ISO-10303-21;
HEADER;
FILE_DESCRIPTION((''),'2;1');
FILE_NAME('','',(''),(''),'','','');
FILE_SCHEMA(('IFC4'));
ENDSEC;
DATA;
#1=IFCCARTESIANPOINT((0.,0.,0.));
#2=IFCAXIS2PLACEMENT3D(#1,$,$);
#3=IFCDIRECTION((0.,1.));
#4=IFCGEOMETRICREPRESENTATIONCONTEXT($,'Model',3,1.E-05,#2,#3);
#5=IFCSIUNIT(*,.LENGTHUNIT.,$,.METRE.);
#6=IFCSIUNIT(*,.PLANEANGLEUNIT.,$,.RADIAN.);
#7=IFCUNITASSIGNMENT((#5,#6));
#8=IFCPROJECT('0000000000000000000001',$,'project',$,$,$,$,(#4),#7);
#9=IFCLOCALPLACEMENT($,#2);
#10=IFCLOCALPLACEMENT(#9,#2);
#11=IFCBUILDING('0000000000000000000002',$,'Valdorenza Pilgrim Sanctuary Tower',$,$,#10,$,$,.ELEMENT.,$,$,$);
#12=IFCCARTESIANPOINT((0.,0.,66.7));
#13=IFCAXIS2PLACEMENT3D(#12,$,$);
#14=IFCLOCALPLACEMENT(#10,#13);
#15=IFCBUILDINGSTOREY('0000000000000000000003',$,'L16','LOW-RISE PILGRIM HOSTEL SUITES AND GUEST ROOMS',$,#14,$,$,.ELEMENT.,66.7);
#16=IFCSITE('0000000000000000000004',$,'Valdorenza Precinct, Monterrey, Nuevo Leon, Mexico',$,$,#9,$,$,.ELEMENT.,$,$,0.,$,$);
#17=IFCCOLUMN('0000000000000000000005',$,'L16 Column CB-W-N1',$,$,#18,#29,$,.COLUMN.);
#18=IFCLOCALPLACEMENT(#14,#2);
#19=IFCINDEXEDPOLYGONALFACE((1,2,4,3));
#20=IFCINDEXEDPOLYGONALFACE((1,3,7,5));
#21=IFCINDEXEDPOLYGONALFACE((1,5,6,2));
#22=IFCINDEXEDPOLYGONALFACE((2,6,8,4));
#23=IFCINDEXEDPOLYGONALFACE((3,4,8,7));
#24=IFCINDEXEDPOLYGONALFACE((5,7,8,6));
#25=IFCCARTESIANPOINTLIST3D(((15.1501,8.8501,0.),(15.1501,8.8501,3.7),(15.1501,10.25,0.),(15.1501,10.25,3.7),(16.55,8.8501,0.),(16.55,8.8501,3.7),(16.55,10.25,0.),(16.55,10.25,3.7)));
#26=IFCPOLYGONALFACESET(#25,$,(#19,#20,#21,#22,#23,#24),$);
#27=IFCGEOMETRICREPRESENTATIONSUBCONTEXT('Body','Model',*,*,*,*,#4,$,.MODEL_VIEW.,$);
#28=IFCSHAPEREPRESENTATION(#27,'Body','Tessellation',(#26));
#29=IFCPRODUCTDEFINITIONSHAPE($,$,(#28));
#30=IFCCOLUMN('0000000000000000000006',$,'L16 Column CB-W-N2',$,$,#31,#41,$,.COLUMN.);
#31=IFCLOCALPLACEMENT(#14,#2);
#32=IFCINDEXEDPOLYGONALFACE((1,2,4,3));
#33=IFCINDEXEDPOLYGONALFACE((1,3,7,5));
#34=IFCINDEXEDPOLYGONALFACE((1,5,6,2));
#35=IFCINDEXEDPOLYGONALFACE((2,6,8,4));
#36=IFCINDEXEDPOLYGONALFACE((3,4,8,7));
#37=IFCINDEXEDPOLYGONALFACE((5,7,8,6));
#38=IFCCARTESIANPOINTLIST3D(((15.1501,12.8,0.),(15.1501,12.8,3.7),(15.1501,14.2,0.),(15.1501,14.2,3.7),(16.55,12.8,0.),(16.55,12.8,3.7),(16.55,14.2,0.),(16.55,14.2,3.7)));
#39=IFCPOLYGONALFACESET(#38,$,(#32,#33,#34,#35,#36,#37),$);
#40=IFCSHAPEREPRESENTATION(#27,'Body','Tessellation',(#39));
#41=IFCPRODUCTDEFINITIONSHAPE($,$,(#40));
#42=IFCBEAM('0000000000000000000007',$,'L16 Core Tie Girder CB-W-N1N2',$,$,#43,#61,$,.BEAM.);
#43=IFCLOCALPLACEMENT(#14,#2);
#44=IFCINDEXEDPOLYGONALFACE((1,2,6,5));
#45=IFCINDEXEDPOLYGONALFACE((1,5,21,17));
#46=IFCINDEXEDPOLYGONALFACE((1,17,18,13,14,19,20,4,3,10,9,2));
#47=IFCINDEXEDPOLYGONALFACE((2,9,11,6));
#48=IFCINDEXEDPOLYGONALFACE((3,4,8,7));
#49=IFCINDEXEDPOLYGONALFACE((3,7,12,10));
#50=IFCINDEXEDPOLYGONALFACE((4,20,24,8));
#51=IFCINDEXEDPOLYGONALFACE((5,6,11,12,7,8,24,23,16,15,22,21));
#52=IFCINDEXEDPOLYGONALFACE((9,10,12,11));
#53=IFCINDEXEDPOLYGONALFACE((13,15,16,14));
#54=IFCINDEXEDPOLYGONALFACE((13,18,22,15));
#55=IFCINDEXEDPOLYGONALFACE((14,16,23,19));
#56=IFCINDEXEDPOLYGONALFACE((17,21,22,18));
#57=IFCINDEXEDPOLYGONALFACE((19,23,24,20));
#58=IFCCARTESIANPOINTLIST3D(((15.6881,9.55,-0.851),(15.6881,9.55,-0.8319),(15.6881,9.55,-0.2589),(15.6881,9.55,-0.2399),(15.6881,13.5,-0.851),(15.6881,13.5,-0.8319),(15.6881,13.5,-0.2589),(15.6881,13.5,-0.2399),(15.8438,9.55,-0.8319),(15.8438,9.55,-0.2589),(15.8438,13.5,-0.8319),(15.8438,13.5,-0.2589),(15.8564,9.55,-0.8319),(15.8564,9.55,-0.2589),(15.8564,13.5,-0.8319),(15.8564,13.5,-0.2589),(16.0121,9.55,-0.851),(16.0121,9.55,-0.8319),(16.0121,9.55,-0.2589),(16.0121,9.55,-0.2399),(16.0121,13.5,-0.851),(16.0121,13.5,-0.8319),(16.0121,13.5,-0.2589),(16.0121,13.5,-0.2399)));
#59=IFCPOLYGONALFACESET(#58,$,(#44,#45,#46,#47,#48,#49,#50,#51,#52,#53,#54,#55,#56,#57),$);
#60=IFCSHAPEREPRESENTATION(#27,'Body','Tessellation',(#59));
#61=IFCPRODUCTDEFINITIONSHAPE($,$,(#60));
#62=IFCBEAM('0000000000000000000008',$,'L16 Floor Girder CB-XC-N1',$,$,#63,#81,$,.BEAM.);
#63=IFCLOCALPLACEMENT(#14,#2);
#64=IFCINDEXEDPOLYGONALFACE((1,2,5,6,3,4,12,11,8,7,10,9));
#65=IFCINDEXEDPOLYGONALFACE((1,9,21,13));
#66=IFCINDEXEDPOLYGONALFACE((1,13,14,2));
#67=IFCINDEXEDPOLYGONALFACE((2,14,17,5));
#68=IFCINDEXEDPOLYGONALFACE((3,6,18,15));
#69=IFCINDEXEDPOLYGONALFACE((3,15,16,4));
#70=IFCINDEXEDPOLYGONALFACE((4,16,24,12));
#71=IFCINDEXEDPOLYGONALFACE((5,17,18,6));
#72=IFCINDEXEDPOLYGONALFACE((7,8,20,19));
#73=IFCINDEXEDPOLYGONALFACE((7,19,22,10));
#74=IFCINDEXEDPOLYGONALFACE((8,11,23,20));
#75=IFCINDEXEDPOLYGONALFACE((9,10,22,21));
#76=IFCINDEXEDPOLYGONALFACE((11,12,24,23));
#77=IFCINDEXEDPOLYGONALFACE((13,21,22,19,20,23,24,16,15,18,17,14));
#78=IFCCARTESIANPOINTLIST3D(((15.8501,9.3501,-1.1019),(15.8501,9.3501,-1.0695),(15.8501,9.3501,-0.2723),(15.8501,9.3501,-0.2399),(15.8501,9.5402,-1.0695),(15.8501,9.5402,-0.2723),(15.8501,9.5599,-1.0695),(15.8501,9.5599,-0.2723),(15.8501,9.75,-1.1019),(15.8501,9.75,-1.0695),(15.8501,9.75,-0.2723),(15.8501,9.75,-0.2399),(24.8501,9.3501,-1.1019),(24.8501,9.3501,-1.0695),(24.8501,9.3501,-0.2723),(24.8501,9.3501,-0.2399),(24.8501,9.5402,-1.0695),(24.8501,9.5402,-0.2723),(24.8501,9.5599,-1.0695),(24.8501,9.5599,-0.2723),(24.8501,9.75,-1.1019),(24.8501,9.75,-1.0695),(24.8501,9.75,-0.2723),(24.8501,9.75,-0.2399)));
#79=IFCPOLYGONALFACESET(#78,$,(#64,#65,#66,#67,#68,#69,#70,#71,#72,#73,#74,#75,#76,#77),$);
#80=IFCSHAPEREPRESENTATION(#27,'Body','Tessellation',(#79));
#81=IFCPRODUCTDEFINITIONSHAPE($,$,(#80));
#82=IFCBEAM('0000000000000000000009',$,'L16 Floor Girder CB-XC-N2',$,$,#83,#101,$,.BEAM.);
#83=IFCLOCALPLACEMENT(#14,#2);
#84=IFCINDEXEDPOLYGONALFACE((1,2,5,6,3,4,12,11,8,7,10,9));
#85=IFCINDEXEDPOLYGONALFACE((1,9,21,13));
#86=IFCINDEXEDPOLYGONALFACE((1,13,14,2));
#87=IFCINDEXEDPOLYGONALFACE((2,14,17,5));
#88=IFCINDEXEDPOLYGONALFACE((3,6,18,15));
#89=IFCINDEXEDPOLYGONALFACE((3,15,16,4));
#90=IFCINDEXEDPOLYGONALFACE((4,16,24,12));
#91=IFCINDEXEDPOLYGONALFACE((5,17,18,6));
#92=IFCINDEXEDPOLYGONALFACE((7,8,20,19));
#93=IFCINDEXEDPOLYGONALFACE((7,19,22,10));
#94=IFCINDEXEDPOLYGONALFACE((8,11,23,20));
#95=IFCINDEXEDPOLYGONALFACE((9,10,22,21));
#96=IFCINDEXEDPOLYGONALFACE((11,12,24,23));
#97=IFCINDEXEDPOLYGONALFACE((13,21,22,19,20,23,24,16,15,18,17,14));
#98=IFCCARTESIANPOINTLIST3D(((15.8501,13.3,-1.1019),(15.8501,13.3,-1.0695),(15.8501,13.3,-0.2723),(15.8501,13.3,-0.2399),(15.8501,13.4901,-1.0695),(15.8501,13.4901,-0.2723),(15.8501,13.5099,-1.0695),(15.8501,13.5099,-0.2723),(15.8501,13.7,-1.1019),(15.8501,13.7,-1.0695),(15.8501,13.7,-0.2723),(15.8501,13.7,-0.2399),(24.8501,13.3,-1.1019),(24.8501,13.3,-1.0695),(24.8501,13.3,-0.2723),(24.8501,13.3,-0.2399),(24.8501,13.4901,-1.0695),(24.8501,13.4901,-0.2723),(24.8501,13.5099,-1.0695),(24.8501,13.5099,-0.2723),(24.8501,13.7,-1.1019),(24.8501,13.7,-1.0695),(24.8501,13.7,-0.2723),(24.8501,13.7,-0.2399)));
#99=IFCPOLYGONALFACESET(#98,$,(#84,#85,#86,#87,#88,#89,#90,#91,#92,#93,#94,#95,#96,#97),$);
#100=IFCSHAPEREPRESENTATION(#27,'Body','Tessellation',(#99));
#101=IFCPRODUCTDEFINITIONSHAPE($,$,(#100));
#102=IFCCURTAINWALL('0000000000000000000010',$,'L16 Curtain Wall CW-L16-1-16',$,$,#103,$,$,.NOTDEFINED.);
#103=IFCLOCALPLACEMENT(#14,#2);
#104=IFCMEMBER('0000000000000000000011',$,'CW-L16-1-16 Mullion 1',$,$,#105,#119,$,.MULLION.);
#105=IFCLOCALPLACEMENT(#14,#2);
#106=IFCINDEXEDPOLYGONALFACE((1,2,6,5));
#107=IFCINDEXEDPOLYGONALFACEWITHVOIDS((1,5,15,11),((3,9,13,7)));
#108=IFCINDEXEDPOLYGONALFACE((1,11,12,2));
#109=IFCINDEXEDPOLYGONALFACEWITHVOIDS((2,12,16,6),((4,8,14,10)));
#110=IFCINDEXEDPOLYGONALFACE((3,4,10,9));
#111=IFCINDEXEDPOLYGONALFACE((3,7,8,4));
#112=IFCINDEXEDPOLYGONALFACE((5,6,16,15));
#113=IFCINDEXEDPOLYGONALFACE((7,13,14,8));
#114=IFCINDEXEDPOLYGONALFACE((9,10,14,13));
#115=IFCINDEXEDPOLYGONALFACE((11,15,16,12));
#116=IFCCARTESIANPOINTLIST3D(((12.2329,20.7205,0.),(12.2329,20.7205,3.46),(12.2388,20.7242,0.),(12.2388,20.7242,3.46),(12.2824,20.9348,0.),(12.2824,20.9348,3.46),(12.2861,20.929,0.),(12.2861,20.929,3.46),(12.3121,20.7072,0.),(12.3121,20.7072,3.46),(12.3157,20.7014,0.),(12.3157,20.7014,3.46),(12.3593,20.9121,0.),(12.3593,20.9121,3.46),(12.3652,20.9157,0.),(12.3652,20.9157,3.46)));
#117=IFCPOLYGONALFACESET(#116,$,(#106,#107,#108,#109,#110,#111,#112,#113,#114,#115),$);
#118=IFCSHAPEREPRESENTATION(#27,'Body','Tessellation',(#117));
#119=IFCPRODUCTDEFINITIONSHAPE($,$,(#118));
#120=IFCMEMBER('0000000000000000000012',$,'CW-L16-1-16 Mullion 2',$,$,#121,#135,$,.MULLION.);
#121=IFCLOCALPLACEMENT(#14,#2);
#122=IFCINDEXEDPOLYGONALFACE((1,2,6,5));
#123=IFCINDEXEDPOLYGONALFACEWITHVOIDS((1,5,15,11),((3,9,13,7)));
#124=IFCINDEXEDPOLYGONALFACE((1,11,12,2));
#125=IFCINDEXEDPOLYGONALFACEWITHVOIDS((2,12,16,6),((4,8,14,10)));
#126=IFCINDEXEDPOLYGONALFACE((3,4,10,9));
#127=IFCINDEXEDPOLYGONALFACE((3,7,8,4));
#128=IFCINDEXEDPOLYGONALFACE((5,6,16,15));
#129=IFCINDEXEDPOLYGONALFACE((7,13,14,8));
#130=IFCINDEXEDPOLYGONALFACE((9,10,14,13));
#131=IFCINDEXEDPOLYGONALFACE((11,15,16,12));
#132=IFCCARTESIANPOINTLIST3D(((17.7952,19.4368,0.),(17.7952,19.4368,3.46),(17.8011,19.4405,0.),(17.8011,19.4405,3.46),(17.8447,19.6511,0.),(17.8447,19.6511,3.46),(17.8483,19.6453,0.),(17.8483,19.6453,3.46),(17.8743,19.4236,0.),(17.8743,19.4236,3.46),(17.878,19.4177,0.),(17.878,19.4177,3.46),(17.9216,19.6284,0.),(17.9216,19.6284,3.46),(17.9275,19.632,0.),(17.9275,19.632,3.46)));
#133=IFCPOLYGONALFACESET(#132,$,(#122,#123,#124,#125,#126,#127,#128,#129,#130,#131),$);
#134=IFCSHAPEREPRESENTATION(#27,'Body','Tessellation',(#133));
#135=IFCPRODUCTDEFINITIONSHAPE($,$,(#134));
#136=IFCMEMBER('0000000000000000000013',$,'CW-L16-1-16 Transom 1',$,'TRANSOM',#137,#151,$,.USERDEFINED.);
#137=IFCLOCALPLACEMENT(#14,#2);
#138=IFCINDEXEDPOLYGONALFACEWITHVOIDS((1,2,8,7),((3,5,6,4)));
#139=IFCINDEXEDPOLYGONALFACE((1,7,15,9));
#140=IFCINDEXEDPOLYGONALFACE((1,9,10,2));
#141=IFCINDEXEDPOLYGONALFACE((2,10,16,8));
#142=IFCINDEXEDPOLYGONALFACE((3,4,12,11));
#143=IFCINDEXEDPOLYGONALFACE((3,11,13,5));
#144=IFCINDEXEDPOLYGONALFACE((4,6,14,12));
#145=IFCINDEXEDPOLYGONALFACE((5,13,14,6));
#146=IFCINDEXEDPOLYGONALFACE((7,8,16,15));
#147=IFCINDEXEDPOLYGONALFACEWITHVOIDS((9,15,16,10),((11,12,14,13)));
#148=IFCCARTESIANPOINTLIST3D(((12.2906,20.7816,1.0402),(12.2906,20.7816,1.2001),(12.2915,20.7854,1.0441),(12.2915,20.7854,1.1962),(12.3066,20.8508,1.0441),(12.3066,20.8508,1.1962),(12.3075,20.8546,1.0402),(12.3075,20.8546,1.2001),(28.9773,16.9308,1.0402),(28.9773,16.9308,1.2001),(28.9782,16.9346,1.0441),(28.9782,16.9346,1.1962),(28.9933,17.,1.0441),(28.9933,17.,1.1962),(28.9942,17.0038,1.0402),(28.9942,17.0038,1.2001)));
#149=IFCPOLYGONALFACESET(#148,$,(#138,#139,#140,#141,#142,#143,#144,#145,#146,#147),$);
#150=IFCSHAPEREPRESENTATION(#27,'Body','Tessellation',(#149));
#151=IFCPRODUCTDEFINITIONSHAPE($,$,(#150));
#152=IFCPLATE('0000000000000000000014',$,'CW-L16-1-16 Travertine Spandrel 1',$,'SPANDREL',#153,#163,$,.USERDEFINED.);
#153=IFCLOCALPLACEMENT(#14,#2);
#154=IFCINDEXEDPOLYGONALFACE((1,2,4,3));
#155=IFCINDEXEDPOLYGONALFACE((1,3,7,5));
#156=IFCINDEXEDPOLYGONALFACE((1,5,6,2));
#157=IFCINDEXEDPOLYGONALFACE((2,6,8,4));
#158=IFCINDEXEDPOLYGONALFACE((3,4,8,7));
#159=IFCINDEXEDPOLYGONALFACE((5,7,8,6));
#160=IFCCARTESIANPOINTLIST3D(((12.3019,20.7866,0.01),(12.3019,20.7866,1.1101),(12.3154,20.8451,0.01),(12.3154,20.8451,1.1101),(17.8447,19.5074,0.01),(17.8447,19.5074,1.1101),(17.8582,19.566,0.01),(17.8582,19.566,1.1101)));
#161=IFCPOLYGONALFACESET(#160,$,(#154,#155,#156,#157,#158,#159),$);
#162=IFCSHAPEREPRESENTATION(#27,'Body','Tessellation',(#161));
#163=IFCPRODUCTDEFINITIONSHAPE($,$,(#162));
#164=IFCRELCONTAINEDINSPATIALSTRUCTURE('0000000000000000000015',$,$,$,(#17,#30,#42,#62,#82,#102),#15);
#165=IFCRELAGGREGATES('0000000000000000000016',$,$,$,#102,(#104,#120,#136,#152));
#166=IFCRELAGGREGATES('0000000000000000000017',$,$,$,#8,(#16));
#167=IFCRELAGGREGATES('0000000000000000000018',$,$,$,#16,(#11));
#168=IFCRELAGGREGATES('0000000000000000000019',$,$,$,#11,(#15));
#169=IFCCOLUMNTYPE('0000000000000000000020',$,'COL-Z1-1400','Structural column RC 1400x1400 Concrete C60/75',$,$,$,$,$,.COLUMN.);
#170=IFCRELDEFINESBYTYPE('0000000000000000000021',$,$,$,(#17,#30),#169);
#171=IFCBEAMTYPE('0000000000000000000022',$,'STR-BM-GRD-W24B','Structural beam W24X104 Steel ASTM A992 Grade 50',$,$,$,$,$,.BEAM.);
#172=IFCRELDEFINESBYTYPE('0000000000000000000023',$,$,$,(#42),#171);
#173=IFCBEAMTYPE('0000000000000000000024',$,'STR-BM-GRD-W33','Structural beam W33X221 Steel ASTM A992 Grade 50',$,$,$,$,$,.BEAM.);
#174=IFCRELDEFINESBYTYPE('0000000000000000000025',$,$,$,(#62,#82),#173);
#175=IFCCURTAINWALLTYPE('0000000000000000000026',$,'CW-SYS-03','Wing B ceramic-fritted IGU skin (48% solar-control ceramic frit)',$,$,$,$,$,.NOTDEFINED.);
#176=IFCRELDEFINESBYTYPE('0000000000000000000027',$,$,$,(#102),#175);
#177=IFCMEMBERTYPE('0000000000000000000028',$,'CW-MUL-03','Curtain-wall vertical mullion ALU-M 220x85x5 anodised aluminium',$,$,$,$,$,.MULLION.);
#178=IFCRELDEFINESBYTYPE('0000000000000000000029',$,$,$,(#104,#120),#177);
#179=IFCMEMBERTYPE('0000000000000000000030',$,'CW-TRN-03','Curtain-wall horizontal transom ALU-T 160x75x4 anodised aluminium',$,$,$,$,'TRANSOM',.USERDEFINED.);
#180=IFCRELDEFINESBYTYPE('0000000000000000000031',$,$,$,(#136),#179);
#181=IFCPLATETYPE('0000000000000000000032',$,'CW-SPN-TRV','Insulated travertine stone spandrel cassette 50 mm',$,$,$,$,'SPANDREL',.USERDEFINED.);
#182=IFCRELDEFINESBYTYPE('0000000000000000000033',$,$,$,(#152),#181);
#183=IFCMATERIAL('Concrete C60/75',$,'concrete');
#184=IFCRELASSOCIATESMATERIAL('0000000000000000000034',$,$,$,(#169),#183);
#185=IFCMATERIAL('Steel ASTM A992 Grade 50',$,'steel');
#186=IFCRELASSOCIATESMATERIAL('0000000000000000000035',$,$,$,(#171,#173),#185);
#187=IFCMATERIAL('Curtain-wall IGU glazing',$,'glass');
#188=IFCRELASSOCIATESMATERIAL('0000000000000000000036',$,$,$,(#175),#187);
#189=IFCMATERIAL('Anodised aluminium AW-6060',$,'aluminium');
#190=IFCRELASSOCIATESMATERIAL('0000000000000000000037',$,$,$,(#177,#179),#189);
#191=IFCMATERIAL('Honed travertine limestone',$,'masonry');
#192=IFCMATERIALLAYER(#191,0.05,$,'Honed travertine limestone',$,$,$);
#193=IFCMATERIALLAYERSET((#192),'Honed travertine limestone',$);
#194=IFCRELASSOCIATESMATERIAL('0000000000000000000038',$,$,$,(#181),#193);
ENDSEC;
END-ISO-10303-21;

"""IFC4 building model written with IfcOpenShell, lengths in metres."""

from ifc_helpers import new_model, si_unit, direction, frame, origin, origin_2d, place, context, subcontext, project, spatial, rectangle, hollow_rectangle, i_section, extrude, source, transform, mapped, material, layer, layer_set, material_profile, profile_set, type_object, element, aggregate, save


model = new_model("IFC4")

# Units and contexts
model_context = context("Model", 3, precision=1e-05, world=origin(), true_north=direction((0.0, 1.0)))
body_context = subcontext(model_context, "Body", "Model", "MODEL_VIEW")
ifc_project = project(units=[si_unit("LENGTHUNIT", "METRE"), si_unit("PLANEANGLEUNIT", "RADIAN")], contexts=[model_context])

# Site, building, storey
site_placement = place(None, origin())
site = spatial("IfcSite", under=ifc_project, at=site_placement, Name="Valdorenza Precinct, Monterrey, Nuevo Leon, Mexico", CompositionType="ELEMENT", RefElevation=0.0)
building_placement = place(site_placement, origin())
building = spatial("IfcBuilding", under=site, at=building_placement, Name="Valdorenza Pilgrim Sanctuary Tower", CompositionType="ELEMENT")
storey_placement = place(building_placement, frame((0.0, 0.0, 66.7)))
storey = spatial("IfcBuildingStorey", under=building, at=storey_placement, Name="L16", Description="LOW-RISE PILGRIM HOSTEL SUITES AND GUEST ROOMS", CompositionType="ELEMENT", Elevation=66.7)

# Columns
ifc_material_1 = material(Name="Concrete C60/75", Category="concrete")
ifc_material_profile_1 = material_profile(ifc_material_1, rectangle(XDim=1.3999, YDim=1.3999, at=origin_2d()), Name="RC 1400x1400")
ifc_profile_set_1 = profile_set([ifc_material_profile_1], Name="Concrete C60/75")
column_type = type_object("IfcColumnType", Name="COL-Z1-1400", Description="Structural column RC 1400x1400 Concrete C60/75", PredefinedType="COLUMN", material=ifc_profile_set_1)
shared_shape_1 = source(origin(), body_context, "Body", "SweptSolid", [
    extrude(rectangle(XDim=1.3999, YDim=1.3999, at=origin_2d()), origin(), (0.0, 0.0, 1.0), 3.7),
])
for number, where, z_axis, x_axis, name in (
    (1, (15.8501, 9.55, 0.0), (0.0, 0.0, 1.0), (1.0, 0.0, 0.0), "L16 Column CB-W-N1"),
    (2, (15.8501, 13.5, 0.0), (0.0, 0.0, 1.0), (1.0, 0.0, 0.0), "L16 Column CB-W-N2"),
):
    element("IfcColumn", number, at=place(storey_placement, frame(where, z_axis=z_axis, x_axis=x_axis)), inside=storey, type_object=column_type, Name=name, PredefinedType="COLUMN", context=body_context, shape_type="MappedRepresentation", body=[
        mapped(shared_shape_1, transform((0.0, 0.0, 0.0), x_axis=(1.0, 0.0, 0.0), y_axis=(0.0, 1.0, 0.0), z_axis=(0.0, 0.0, 1.0), scale=1.0)),
    ])

# Beams
ifc_material_2 = material(Name="Steel ASTM A992 Grade 50", Category="steel")
ifc_material_profile_2 = material_profile(ifc_material_2, i_section(OverallWidth=0.324, OverallDepth=0.6111, WebThickness=0.0127, FlangeThickness=0.019, at=origin_2d()), Name="W24X104")
ifc_profile_set_2 = profile_set([ifc_material_profile_2], Name="Steel ASTM A992 Grade 50")
beam_type_1 = type_object("IfcBeamType", Name="STR-BM-GRD-W24B", Description="Structural beam W24X104 Steel ASTM A992 Grade 50", PredefinedType="BEAM", material=ifc_profile_set_2)
shared_shape_2 = source(origin(), body_context, "Body", "SweptSolid", [
    extrude(i_section(OverallWidth=0.324, OverallDepth=0.6111, WebThickness=0.0127, FlangeThickness=0.019, at=origin_2d()), origin(), (0.0, 0.0, 1.0), 3.95),
])
beam_placement = place(storey_placement, frame((15.8501, 9.55, -0.5454), z_axis=(0.0, 1.0, 0.0), x_axis=(-1.0, 0.0, 0.0)))
element("IfcBeam", 3, at=beam_placement, inside=storey, type_object=beam_type_1, Name="L16 Core Tie Girder CB-W-N1N2", PredefinedType="BEAM", context=body_context, shape_type="MappedRepresentation", body=[
    mapped(shared_shape_2, transform((0.0, 0.0, 0.0), x_axis=(1.0, 0.0, 0.0), y_axis=(0.0, 1.0, 0.0), z_axis=(0.0, 0.0, 1.0), scale=1.0)),
])
ifc_material_profile_3 = material_profile(ifc_material_2, i_section(OverallWidth=0.3999, OverallDepth=0.8621, WebThickness=0.0198, FlangeThickness=0.0325, at=origin_2d()), Name="W33X221")
ifc_profile_set_3 = profile_set([ifc_material_profile_3], Name="Steel ASTM A992 Grade 50")
beam_type_2 = type_object("IfcBeamType", Name="STR-BM-GRD-W33", Description="Structural beam W33X221 Steel ASTM A992 Grade 50", PredefinedType="BEAM", material=ifc_profile_set_3)
shared_shape_3 = source(origin(), body_context, "Body", "SweptSolid", [
    extrude(i_section(OverallWidth=0.3999, OverallDepth=0.8621, WebThickness=0.0198, FlangeThickness=0.0325, at=origin_2d()), origin(), (0.0, 0.0, 1.0), 9.0),
])
for number, where, z_axis, x_axis, name in (
    (4, (15.8501, 9.55, -0.6709), (1.0, 0.0, 0.0), (0.0, 1.0, 0.0), "L16 Floor Girder CB-XC-N1"),
    (5, (15.8501, 13.5, -0.6709), (1.0, 0.0, 0.0), (0.0, 1.0, 0.0), "L16 Floor Girder CB-XC-N2"),
):
    element("IfcBeam", number, at=place(storey_placement, frame(where, z_axis=z_axis, x_axis=x_axis)), inside=storey, type_object=beam_type_2, Name=name, PredefinedType="BEAM", context=body_context, shape_type="MappedRepresentation", body=[
        mapped(shared_shape_3, transform((0.0, 0.0, 0.0), x_axis=(1.0, 0.0, 0.0), y_axis=(0.0, 1.0, 0.0), z_axis=(0.0, 0.0, 1.0), scale=1.0)),
    ])

# Curtain wall, members, plate
ifc_material_3 = material(Name="Curtain-wall IGU glazing", Category="glass")
curtain_wall_type = type_object("IfcCurtainWallType", Name="CW-SYS-03", Description="Wing B ceramic-fritted IGU skin (48% solar-control ceramic frit)", PredefinedType="NOTDEFINED", material=ifc_material_3)
curtain_wall_placement = place(storey_placement, origin())
curtain_wall = element("IfcCurtainWall", 6, at=curtain_wall_placement, inside=storey, type_object=curtain_wall_type, Name="L16 Curtain Wall CW-L16-1-16", PredefinedType="NOTDEFINED")
ifc_material_4 = material(Name="Anodised aluminium AW-6060", Category="aluminium")
ifc_material_profile_4 = material_profile(ifc_material_4, hollow_rectangle(XDim=0.085, YDim=0.22, WallThickness=0.0049, at=origin_2d()), Name="ALU-M 220x85x5")
ifc_profile_set_4 = profile_set([ifc_material_profile_4], Name="Anodised aluminium AW-6060")
member_type_1 = type_object("IfcMemberType", Name="CW-MUL-03", Description="Curtain-wall vertical mullion ALU-M 220x85x5 anodised aluminium", PredefinedType="MULLION", material=ifc_profile_set_4)
shared_shape_4 = source(origin(), body_context, "Body", "SweptSolid", [
    extrude(hollow_rectangle(XDim=0.085, YDim=0.22, WallThickness=0.0049, at=origin_2d()), origin(), (0.0, 0.0, 1.0), 3.46),
])
member_1_placement = place(storey_placement, frame((12.2991, 20.8181, 0.0), z_axis=(0.0, 0.0, 1.0), x_axis=(0.97439, -0.224866, 0.0)))
member_1 = element("IfcMember", 7, at=member_1_placement, type_object=member_type_1, Name="CW-L16-1-16 Mullion 1", PredefinedType="MULLION", context=body_context, shape_type="MappedRepresentation", body=[
    mapped(shared_shape_4, transform((0.0, 0.0, 0.0), x_axis=(1.0, 0.0, 0.0), y_axis=(0.0, 1.0, 0.0), z_axis=(0.0, 0.0, 1.0), scale=1.0)),
])
member_2_placement = place(storey_placement, frame((17.8613, 19.5344, 0.0), z_axis=(0.0, 0.0, 1.0), x_axis=(0.97439, -0.224866, 0.0)))
member_2 = element("IfcMember", 8, at=member_2_placement, type_object=member_type_1, Name="CW-L16-1-16 Mullion 2", PredefinedType="MULLION", context=body_context, shape_type="MappedRepresentation", body=[
    mapped(shared_shape_4, transform((0.0, 0.0, 0.0), x_axis=(1.0, 0.0, 0.0), y_axis=(0.0, 1.0, 0.0), z_axis=(0.0, 0.0, 1.0), scale=1.0)),
])
ifc_material_profile_5 = material_profile(ifc_material_4, hollow_rectangle(XDim=0.075, YDim=0.1599, WallThickness=0.0039, at=origin_2d()), Name="ALU-T 160x75x4")
ifc_profile_set_5 = profile_set([ifc_material_profile_5], Name="Anodised aluminium AW-6060")
member_type_2 = type_object("IfcMemberType", Name="CW-TRN-03", Description="Curtain-wall horizontal transom ALU-T 160x75x4 anodised aluminium", ElementType="TRANSOM", PredefinedType="USERDEFINED", material=ifc_profile_set_5)
shared_shape_5 = source(origin(), body_context, "Body", "SweptSolid", [
    extrude(hollow_rectangle(XDim=0.075, YDim=0.1599, WallThickness=0.0039, at=origin_2d()), origin(), (0.0, 0.0, 1.0), 17.1252),
])
member_3_placement = place(storey_placement, frame((12.2991, 20.8181, 1.1201), z_axis=(0.974391, -0.224862, 0.0), x_axis=(0.224862, 0.974391, 0.0)))
member_3 = element("IfcMember", 9, at=member_3_placement, type_object=member_type_2, Name="CW-L16-1-16 Transom 1", ObjectType="TRANSOM", PredefinedType="USERDEFINED", context=body_context, shape_type="MappedRepresentation", body=[
    mapped(shared_shape_5, transform((0.0, 0.0, 0.0), x_axis=(1.0, 0.0, 0.0), y_axis=(0.0, 1.0, 0.0), z_axis=(0.0, 0.0, 1.0), scale=1.0)),
])
ifc_material_5 = material(Name="Honed travertine limestone", Category="masonry")
ifc_layer_1 = layer(ifc_material_5, 0.05, Name="Honed travertine limestone")
ifc_layer_set_1 = layer_set([ifc_layer_1], Name="Honed travertine limestone")
plate_type_1 = type_object("IfcPlateType", Name="CW-SPN-TRV", Description="Insulated travertine stone spandrel cassette 50 mm", ElementType="SPANDREL", PredefinedType="USERDEFINED", material=ifc_layer_set_1)
shared_shape_6 = source(origin(), body_context, "Body", "SweptSolid", [
    extrude(rectangle(XDim=5.6885, YDim=0.0601, at=origin_2d()), origin(), (0.0, 0.0, 1.0), 1.1001),
])
plate_1_placement = place(storey_placement, frame((15.0801, 20.1763, 0.01), z_axis=(0.0, 0.0, 1.0), x_axis=(0.97439, -0.224866, 0.0)))
plate_1 = element("IfcPlate", 10, at=plate_1_placement, type_object=plate_type_1, Name="CW-L16-1-16 Travertine Spandrel 1", ObjectType="SPANDREL", PredefinedType="USERDEFINED", context=body_context, shape_type="MappedRepresentation", body=[
    mapped(shared_shape_6, transform((0.0, 0.0, 0.0), x_axis=(1.0, 0.0, 0.0), y_axis=(0.0, 1.0, 0.0), z_axis=(0.0, 0.0, 1.0), scale=1.0)),
])
aggregate(curtain_wall, [member_1, member_2, member_3, plate_1])

save(model, "model.ifc")
